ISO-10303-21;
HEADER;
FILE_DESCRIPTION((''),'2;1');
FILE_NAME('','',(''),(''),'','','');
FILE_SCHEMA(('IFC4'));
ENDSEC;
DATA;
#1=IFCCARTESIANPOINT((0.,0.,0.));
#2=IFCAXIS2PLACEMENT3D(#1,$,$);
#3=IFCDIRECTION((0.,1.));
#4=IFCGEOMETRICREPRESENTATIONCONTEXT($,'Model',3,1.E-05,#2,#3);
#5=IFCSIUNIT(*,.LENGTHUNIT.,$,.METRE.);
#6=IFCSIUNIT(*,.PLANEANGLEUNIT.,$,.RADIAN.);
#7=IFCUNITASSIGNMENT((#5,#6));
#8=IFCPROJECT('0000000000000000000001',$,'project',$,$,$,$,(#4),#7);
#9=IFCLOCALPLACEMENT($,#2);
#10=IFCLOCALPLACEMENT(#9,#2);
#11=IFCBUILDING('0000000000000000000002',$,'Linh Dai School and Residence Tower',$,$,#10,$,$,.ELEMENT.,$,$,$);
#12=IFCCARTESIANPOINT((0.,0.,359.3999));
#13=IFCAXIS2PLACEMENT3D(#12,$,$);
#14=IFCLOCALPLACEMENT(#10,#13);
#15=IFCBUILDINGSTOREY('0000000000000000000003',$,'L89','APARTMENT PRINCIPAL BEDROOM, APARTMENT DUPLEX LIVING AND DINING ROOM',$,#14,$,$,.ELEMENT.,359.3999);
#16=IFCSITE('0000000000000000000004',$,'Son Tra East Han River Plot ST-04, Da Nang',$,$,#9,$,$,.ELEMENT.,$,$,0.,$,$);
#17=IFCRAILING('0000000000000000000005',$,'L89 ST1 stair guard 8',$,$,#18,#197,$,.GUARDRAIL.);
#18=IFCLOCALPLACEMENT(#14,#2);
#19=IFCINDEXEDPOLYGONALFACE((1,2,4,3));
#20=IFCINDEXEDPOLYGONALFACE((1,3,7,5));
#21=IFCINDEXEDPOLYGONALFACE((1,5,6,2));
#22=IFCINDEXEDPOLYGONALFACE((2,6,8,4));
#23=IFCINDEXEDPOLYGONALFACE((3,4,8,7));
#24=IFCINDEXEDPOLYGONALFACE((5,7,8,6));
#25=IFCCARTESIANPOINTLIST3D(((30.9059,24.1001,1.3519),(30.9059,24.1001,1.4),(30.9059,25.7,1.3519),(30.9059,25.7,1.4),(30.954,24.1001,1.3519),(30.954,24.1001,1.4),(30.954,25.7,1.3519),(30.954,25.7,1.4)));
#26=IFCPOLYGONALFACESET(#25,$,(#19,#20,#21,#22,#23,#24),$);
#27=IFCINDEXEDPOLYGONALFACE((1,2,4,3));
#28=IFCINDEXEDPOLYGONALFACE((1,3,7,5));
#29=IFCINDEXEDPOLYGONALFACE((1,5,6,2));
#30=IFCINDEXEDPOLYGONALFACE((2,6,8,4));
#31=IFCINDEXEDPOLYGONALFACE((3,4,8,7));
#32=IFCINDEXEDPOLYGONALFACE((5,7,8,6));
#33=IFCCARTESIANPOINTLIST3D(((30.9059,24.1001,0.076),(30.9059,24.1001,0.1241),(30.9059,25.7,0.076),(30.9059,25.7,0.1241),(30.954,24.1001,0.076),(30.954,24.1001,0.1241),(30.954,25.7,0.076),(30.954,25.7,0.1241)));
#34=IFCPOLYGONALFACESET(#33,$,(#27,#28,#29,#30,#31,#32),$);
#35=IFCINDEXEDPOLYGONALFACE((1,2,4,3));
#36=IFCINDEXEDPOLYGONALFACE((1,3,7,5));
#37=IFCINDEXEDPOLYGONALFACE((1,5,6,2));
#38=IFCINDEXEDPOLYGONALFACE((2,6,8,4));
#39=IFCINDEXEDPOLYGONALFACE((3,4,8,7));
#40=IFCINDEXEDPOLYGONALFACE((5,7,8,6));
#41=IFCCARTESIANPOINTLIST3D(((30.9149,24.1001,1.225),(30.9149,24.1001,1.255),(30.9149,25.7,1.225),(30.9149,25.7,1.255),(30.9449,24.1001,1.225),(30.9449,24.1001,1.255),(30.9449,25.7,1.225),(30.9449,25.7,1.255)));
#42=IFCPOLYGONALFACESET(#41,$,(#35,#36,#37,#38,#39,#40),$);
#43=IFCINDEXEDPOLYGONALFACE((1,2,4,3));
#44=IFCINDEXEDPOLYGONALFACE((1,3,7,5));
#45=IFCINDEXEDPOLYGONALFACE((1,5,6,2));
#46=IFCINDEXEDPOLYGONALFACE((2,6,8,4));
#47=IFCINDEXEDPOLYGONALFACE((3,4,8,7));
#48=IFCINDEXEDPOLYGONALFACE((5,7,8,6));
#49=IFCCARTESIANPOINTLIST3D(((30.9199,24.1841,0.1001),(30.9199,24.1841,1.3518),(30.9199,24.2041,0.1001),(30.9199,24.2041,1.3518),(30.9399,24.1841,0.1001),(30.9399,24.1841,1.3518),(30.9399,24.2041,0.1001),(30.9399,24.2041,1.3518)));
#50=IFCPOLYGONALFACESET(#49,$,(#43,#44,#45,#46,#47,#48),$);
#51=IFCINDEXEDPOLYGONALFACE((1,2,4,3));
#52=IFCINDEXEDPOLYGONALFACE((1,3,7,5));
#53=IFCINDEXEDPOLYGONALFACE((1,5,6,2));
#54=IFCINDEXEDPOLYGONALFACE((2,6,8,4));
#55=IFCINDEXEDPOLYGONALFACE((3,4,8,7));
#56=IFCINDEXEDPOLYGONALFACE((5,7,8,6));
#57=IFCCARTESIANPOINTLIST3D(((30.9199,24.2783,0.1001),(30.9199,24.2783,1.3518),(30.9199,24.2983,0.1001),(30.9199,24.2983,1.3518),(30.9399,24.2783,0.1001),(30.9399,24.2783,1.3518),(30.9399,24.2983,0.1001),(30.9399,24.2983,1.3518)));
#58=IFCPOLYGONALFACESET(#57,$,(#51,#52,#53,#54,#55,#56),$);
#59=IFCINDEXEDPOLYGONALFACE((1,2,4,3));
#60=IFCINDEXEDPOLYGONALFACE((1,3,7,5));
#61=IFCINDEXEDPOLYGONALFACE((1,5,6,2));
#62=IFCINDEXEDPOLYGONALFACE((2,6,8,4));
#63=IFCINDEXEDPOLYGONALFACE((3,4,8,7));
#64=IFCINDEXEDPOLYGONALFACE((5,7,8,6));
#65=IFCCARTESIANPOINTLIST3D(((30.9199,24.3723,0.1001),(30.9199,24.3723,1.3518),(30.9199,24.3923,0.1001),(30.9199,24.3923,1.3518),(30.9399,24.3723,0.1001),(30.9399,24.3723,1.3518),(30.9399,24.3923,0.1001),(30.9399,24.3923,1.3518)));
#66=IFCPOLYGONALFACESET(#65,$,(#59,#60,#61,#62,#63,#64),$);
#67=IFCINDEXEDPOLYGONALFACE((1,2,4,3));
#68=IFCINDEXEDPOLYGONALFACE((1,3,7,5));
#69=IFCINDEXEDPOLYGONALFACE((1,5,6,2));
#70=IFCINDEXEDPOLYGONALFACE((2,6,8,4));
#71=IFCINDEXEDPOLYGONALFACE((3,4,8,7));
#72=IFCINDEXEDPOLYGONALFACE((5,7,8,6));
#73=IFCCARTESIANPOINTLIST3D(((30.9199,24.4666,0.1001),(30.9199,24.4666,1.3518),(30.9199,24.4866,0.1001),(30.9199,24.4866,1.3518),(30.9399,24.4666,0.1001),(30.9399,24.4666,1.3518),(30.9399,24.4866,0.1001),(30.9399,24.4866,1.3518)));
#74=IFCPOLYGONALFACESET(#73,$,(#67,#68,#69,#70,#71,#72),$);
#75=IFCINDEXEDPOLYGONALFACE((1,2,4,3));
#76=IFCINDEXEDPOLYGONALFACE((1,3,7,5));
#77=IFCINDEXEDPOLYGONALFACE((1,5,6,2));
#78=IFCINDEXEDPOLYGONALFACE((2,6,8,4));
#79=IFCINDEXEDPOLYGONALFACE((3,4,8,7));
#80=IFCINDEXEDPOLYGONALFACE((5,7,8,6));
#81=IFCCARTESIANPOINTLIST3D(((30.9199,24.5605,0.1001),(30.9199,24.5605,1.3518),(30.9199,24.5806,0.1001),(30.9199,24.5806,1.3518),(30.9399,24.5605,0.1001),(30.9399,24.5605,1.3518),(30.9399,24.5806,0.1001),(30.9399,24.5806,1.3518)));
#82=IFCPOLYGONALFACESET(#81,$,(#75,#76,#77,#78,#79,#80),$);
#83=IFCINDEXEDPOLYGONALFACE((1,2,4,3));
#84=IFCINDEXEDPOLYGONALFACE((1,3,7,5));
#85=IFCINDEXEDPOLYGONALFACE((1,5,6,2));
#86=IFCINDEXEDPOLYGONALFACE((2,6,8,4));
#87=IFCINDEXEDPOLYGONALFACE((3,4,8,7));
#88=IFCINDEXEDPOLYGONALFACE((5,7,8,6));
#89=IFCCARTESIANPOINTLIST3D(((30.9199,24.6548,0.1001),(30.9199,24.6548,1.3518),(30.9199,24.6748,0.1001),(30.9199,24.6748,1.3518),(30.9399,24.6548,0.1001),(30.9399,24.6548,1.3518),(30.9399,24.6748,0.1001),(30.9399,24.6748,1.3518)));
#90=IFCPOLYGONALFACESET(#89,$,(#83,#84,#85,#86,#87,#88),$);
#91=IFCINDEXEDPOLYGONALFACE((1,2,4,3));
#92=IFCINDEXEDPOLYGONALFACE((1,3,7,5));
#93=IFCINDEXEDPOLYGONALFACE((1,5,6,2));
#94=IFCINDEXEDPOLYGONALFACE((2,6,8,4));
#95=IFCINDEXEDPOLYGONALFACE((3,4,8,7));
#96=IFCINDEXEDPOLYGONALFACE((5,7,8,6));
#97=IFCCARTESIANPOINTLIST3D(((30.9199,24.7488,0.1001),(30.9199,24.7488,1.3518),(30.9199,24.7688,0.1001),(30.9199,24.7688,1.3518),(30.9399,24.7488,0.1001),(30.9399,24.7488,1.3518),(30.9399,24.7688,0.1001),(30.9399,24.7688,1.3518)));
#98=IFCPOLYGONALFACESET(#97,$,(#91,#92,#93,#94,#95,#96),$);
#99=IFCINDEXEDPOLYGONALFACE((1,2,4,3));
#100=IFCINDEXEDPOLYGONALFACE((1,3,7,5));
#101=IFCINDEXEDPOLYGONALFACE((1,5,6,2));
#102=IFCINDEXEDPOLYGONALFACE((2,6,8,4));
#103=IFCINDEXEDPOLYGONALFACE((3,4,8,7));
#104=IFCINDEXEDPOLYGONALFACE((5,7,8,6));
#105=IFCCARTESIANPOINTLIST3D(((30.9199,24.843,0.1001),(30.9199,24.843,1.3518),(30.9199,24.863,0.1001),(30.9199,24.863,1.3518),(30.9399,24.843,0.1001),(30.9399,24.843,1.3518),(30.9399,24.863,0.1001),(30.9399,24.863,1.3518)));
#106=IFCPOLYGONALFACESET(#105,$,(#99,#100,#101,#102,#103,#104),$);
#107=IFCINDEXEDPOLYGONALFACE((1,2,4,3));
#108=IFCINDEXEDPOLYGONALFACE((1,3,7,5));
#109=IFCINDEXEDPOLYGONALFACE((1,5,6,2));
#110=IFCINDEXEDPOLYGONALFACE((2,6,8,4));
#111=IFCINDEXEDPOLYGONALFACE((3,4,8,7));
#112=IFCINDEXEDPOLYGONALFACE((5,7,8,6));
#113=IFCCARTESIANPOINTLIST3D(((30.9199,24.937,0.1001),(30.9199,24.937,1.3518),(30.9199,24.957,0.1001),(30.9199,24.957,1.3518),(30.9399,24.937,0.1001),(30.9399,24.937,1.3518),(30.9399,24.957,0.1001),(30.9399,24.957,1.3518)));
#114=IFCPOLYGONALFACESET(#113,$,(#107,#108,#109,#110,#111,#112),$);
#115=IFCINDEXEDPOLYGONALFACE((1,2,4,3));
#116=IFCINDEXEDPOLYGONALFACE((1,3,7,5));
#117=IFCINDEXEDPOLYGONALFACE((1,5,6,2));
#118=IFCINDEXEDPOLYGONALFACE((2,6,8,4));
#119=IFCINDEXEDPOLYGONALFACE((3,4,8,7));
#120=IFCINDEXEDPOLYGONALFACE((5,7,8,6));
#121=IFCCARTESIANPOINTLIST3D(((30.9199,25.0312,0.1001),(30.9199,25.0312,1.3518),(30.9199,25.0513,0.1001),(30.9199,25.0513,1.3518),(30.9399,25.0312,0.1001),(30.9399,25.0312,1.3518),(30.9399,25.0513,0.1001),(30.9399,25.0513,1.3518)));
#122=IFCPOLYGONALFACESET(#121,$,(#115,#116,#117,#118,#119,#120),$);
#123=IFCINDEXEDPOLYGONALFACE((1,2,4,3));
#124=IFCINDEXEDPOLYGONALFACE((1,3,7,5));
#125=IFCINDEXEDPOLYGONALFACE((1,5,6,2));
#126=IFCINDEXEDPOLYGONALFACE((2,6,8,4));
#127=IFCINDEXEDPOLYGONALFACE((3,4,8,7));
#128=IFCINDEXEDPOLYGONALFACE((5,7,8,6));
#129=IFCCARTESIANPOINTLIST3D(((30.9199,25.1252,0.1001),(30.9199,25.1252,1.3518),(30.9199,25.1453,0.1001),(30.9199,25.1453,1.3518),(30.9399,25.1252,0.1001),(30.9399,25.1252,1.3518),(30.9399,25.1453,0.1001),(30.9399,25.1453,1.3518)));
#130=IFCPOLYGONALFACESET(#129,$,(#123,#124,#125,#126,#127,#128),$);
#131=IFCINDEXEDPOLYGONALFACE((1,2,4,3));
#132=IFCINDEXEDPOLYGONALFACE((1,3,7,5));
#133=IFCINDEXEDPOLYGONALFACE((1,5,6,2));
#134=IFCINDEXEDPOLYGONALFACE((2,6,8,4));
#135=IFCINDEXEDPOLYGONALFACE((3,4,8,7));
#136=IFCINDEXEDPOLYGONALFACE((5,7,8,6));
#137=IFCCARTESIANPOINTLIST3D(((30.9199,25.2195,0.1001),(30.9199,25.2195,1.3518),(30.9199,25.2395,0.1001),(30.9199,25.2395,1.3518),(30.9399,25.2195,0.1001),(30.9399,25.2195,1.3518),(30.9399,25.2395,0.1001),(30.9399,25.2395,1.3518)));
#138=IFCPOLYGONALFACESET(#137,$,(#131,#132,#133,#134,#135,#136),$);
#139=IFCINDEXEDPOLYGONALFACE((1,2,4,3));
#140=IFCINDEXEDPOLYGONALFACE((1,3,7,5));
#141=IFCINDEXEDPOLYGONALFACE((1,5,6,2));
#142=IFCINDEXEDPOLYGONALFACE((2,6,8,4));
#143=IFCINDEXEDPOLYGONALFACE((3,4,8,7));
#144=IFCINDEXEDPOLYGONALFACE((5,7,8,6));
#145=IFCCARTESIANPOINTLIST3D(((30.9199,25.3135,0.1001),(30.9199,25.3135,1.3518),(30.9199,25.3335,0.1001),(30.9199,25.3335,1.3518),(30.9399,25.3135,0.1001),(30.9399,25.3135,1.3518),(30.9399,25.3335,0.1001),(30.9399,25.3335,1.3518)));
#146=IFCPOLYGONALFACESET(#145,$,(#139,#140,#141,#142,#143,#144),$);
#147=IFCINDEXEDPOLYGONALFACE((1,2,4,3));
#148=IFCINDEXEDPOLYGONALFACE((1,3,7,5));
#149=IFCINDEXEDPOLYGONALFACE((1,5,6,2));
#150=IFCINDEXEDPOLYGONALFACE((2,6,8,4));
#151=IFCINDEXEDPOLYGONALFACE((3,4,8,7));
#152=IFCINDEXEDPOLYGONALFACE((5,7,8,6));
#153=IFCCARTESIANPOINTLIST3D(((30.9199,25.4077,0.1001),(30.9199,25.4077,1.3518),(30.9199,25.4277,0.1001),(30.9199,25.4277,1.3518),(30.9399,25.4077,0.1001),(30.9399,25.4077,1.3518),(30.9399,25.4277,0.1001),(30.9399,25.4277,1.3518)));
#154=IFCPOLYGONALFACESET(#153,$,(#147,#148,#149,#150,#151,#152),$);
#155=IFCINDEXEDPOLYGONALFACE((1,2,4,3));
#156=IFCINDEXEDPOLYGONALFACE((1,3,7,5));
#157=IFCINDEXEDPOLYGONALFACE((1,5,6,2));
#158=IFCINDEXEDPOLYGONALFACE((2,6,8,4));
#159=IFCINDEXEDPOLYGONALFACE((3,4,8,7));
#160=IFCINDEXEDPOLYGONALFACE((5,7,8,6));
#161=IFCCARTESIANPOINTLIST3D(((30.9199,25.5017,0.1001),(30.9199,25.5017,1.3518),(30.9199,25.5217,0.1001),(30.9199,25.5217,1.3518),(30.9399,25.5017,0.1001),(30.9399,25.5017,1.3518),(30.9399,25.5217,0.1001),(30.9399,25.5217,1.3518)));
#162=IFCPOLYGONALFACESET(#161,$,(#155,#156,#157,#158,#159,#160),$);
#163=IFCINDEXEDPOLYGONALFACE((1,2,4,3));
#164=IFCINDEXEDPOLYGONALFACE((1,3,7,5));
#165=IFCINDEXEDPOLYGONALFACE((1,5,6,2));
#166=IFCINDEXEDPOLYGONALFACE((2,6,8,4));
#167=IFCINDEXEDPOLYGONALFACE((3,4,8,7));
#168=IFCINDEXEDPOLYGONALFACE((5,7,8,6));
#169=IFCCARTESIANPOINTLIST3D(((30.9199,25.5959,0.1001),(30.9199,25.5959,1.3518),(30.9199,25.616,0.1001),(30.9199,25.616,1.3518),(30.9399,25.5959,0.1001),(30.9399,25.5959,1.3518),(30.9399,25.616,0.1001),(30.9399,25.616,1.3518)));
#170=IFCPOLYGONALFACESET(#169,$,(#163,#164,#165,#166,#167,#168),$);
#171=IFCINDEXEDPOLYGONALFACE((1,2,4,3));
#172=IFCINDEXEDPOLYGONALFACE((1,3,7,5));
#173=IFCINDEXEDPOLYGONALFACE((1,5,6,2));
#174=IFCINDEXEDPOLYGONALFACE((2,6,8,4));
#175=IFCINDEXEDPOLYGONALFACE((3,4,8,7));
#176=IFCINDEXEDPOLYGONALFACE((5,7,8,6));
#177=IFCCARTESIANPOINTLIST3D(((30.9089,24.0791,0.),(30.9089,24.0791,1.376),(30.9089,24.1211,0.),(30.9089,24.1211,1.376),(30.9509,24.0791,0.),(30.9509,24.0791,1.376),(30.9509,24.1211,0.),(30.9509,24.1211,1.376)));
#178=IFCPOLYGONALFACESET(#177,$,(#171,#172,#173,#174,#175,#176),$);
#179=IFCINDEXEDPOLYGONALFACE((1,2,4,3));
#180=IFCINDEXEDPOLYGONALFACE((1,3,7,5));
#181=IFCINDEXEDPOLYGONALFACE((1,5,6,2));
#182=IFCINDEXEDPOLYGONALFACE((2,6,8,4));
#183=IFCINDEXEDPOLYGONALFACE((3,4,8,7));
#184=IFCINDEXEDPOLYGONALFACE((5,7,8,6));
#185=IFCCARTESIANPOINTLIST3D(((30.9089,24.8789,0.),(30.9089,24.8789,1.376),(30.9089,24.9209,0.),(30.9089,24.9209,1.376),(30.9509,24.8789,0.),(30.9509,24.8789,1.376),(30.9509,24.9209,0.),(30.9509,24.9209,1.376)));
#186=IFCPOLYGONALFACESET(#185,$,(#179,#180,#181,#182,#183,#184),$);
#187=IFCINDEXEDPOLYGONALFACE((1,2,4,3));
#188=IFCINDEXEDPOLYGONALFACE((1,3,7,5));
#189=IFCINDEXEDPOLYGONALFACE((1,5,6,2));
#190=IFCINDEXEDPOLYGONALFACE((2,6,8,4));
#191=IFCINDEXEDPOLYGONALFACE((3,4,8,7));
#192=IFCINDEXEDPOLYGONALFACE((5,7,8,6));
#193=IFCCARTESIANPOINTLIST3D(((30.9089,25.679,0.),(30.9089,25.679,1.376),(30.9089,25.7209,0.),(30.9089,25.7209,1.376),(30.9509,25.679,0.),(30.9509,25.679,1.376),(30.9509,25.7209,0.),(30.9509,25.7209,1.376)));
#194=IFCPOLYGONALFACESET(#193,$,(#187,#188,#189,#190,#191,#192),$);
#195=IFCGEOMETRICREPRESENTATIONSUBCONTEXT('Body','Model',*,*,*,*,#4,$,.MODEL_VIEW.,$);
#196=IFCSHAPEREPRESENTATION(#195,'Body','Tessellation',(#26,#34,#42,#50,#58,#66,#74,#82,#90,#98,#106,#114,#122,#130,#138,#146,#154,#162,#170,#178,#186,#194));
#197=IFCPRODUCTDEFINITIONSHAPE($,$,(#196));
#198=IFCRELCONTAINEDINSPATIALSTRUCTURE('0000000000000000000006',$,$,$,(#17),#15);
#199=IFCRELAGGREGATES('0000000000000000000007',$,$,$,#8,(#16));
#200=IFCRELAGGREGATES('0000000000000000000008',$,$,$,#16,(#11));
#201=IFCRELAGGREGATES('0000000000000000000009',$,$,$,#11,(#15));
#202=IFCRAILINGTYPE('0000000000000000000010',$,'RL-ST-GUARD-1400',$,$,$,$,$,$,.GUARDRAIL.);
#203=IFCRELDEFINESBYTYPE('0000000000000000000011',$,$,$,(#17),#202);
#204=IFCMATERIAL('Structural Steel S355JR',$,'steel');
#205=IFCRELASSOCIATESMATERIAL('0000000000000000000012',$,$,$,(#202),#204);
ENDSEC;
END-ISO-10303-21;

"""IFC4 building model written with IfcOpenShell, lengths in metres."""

from ifc_helpers import new_model, si_unit, direction, frame, origin, origin_2d, place, context, subcontext, project, spatial, rectangle, extrude, source, transform, mapped, material, type_object, element, save


model = new_model("IFC4")

# Units and contexts
model_context = context("Model", 3, precision=1e-05, world=origin(), true_north=direction((0.0, 1.0)))
body_context = subcontext(model_context, "Body", "Model", "MODEL_VIEW")
ifc_project = project(units=[si_unit("LENGTHUNIT", "METRE"), si_unit("PLANEANGLEUNIT", "RADIAN")], contexts=[model_context])

# Site, building, storey
site_placement = place(None, origin())
site = spatial("IfcSite", under=ifc_project, at=site_placement, Name="Son Tra East Han River Plot ST-04, Da Nang", CompositionType="ELEMENT", RefElevation=0.0)
building_placement = place(site_placement, origin())
building = spatial("IfcBuilding", under=site, at=building_placement, Name="Linh Dai School and Residence Tower", CompositionType="ELEMENT")
storey_placement = place(building_placement, frame((0.0, 0.0, 359.3999)))
storey = spatial("IfcBuildingStorey", under=building, at=storey_placement, Name="L89", Description="APARTMENT PRINCIPAL BEDROOM, APARTMENT DUPLEX LIVING AND DINING ROOM", CompositionType="ELEMENT", Elevation=359.3999)

# Shared definitions
ifc_material_1 = material(Name="Structural Steel S355JR", Category="steel")

# Railing
railing_type_1 = type_object("IfcRailingType", Name="RL-ST-GUARD-1400", PredefinedType="GUARDRAIL", material=ifc_material_1)
shared_shape_1 = source(origin(), body_context, "Body", "SweptSolid", [
    extrude(rectangle(XDim=0.0481, YDim=0.0481, at=origin_2d()), frame((0.0, 0.0, 1.376), z_axis=(0.0, 1.0, 0.0), x_axis=(-1.0, 0.0, 0.0)), (0.0, 0.0, 1.0), 1.5999),
    extrude(rectangle(XDim=0.0481, YDim=0.0481, at=origin_2d()), frame((0.0, 0.0, 0.1001), z_axis=(0.0, 1.0, 0.0), x_axis=(-1.0, 0.0, 0.0)), (0.0, 0.0, 1.0), 1.5999),
    extrude(rectangle(XDim=0.03, YDim=0.03, at=origin_2d()), frame((0.0, 0.0, 1.24), z_axis=(0.0, 1.0, 0.0), x_axis=(-1.0, 0.0, 0.0)), (0.0, 0.0, 1.0), 1.5999),
    extrude(rectangle(XDim=0.02, YDim=0.02, at=origin_2d()), frame((0.0, 0.094, 0.1001)), (0.0, 0.0, 1.0), 1.2517),
    extrude(rectangle(XDim=0.02, YDim=0.02, at=origin_2d()), frame((0.0, 0.1882, 0.1001)), (0.0, 0.0, 1.0), 1.2517),
    extrude(rectangle(XDim=0.02, YDim=0.02, at=origin_2d()), frame((0.0, 0.2822, 0.1001)), (0.0, 0.0, 1.0), 1.2517),
    extrude(rectangle(XDim=0.02, YDim=0.02, at=origin_2d()), frame((0.0, 0.3765, 0.1001)), (0.0, 0.0, 1.0), 1.2517),
    extrude(rectangle(XDim=0.02, YDim=0.02, at=origin_2d()), frame((0.0, 0.4705, 0.1001)), (0.0, 0.0, 1.0), 1.2517),
    extrude(rectangle(XDim=0.02, YDim=0.02, at=origin_2d()), frame((0.0, 0.5647, 0.1001)), (0.0, 0.0, 1.0), 1.2517),
    extrude(rectangle(XDim=0.02, YDim=0.02, at=origin_2d()), frame((0.0, 0.6587, 0.1001)), (0.0, 0.0, 1.0), 1.2517),
    extrude(rectangle(XDim=0.02, YDim=0.02, at=origin_2d()), frame((0.0, 0.7529, 0.1001)), (0.0, 0.0, 1.0), 1.2517),
    extrude(rectangle(XDim=0.02, YDim=0.02, at=origin_2d()), frame((0.0, 0.8469, 0.1001)), (0.0, 0.0, 1.0), 1.2517),
    extrude(rectangle(XDim=0.02, YDim=0.02, at=origin_2d()), frame((0.0, 0.9412, 0.1001)), (0.0, 0.0, 1.0), 1.2517),
    extrude(rectangle(XDim=0.02, YDim=0.02, at=origin_2d()), frame((0.0, 1.0352, 0.1001)), (0.0, 0.0, 1.0), 1.2517),
    extrude(rectangle(XDim=0.02, YDim=0.02, at=origin_2d()), frame((0.0, 1.1294, 0.1001)), (0.0, 0.0, 1.0), 1.2517),
    extrude(rectangle(XDim=0.02, YDim=0.02, at=origin_2d()), frame((0.0, 1.2234, 0.1001)), (0.0, 0.0, 1.0), 1.2517),
    extrude(rectangle(XDim=0.02, YDim=0.02, at=origin_2d()), frame((0.0, 1.3176, 0.1001)), (0.0, 0.0, 1.0), 1.2517),
    extrude(rectangle(XDim=0.02, YDim=0.02, at=origin_2d()), frame((0.0, 1.4116, 0.1001)), (0.0, 0.0, 1.0), 1.2517),
    extrude(rectangle(XDim=0.02, YDim=0.02, at=origin_2d()), frame((0.0, 1.5059, 0.1001)), (0.0, 0.0, 1.0), 1.2517),
    extrude(rectangle(XDim=0.042, YDim=0.042, at=origin_2d()), origin(), (0.0, 0.0, 1.0), 1.376),
    extrude(rectangle(XDim=0.042, YDim=0.042, at=origin_2d()), frame((0.0, 0.7998, 0.0)), (0.0, 0.0, 1.0), 1.376),
    extrude(rectangle(XDim=0.042, YDim=0.042, at=origin_2d()), frame((0.0, 1.5999, 0.0)), (0.0, 0.0, 1.0), 1.376),
])
for number, where, name in (
    (1, (30.9299, 24.1001, 0.0), "L89 ST1 stair guard 8"),
):
    element("IfcRailing", number, at=place(storey_placement, frame(where)), inside=storey, type_object=railing_type_1, Name=name, PredefinedType="GUARDRAIL", context=body_context, shape_type="MappedRepresentation", body=[
        mapped(shared_shape_1, transform((0.0, 0.0, 0.0), x_axis=(1.0, 0.0, 0.0), y_axis=(0.0, 1.0, 0.0), z_axis=(0.0, 0.0, 1.0), scale=1.0)),
    ])

save(model, "model.ifc")
